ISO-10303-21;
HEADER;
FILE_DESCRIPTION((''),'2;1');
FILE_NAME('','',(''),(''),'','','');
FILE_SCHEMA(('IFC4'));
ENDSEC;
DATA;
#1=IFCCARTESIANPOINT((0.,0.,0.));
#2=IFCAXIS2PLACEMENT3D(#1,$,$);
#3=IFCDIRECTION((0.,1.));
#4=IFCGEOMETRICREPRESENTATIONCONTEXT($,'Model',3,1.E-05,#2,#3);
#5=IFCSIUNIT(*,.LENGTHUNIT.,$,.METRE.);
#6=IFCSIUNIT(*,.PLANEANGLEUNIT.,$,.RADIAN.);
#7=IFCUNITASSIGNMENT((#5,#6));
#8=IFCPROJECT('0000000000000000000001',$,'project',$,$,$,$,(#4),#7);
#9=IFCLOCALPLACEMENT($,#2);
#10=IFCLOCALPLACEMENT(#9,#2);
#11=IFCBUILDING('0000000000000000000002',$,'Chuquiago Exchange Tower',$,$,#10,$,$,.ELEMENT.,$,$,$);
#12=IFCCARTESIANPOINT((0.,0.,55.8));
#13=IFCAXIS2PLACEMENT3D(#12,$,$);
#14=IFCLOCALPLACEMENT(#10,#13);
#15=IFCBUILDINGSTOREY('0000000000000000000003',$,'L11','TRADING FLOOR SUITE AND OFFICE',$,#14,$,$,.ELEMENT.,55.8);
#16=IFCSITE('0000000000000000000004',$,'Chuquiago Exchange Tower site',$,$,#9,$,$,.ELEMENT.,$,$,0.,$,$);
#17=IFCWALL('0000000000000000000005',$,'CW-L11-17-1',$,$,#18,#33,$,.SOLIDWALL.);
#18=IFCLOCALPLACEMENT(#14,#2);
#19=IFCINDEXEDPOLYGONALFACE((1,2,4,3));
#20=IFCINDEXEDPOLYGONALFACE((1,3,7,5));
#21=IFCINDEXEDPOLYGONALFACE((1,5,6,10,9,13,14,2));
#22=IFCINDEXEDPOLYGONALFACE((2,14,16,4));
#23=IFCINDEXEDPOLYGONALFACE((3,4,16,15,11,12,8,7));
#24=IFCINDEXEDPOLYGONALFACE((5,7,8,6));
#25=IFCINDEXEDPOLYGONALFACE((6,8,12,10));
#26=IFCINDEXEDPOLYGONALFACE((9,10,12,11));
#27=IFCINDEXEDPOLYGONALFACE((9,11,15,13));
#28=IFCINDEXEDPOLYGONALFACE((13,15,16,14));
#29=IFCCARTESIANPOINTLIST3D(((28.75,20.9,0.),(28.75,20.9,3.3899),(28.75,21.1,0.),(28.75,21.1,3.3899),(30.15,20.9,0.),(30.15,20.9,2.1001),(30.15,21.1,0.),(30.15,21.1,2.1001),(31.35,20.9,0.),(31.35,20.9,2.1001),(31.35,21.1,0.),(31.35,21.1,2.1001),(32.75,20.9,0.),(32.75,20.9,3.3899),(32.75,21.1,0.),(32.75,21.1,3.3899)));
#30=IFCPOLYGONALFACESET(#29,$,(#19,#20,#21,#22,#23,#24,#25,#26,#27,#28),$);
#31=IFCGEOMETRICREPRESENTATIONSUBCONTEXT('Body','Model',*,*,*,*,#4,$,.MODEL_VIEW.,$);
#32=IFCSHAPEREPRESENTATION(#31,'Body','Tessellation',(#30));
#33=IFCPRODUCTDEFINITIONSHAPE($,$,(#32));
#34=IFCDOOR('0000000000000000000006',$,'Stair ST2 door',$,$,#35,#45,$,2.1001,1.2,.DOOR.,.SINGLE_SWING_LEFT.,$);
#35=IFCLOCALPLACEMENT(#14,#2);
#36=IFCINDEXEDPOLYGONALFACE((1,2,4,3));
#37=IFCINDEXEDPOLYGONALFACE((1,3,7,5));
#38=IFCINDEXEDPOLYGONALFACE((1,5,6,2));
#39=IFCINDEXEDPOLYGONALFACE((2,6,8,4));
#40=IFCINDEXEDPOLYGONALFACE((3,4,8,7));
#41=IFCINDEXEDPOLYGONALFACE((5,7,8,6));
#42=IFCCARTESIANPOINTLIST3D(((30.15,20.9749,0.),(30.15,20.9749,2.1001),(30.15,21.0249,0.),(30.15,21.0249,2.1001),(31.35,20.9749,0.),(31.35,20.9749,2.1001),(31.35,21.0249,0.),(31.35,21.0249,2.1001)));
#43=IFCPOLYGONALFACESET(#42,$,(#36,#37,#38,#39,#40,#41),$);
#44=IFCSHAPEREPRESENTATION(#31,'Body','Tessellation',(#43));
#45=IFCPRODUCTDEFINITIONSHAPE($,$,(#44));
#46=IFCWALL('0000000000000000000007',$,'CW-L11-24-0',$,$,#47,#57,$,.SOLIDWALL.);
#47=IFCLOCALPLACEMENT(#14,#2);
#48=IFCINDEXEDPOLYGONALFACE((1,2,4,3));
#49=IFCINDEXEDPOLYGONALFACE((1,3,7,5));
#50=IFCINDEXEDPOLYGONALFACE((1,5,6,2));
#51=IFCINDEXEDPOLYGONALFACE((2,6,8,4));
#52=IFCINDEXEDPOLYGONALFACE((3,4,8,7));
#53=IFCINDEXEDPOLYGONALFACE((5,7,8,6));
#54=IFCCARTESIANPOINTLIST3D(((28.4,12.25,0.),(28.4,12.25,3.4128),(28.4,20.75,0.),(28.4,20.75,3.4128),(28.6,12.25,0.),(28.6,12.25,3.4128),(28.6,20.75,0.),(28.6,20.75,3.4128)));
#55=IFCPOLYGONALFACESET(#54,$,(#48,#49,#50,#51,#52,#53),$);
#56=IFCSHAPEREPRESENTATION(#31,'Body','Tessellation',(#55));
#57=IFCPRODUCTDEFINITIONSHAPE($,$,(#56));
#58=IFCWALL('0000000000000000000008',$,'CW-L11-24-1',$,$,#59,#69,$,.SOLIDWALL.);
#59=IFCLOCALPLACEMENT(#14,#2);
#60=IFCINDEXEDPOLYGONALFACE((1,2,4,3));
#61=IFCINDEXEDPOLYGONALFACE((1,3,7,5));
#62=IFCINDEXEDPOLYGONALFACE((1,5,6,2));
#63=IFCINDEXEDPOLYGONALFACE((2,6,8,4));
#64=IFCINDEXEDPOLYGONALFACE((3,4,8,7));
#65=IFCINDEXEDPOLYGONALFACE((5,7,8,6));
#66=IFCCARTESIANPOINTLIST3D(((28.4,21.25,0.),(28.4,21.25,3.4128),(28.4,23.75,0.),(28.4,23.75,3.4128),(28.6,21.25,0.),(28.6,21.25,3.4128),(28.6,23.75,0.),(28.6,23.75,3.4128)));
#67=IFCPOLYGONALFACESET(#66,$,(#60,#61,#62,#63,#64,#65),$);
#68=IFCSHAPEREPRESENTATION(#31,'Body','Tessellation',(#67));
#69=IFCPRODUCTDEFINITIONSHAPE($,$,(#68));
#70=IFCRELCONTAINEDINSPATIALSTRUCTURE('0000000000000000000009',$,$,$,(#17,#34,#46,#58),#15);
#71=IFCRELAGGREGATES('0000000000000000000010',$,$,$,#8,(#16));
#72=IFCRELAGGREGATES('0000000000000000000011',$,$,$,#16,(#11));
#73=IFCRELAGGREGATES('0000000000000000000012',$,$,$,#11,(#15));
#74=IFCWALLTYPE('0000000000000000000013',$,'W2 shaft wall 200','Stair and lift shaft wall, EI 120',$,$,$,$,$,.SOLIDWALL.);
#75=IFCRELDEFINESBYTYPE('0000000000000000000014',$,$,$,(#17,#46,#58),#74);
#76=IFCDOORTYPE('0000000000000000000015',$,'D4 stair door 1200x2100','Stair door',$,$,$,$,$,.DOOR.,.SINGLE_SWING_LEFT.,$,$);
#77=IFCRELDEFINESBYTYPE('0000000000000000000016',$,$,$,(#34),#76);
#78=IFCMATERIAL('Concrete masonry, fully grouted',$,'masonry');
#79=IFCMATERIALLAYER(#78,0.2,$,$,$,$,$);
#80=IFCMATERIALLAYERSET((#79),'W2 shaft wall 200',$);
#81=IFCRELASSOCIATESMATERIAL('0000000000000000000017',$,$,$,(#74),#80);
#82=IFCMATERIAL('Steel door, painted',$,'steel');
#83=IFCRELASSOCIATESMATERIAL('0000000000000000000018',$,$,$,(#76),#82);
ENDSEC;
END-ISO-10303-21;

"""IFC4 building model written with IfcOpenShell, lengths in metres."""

from ifc_helpers import new_model, si_unit, direction, frame, frame_2d, origin, place, context, subcontext, project, spatial, rectangle, extrude, material, layer, layer_set, type_object, element, fill, save


model = new_model("IFC4")

# Units and contexts
model_context = context("Model", 3, precision=1e-05, world=origin(), true_north=direction((0.0, 1.0)))
body_context = subcontext(model_context, "Body", "Model", "MODEL_VIEW")
ifc_project = project(units=[si_unit("LENGTHUNIT", "METRE"), si_unit("PLANEANGLEUNIT", "RADIAN")], contexts=[model_context])

# Site, building, storey
site_placement = place(None, origin())
site = spatial("IfcSite", under=ifc_project, at=site_placement, Name="Chuquiago Exchange Tower site", CompositionType="ELEMENT", RefElevation=0.0)
building_placement = place(site_placement, origin())
building = spatial("IfcBuilding", under=site, at=building_placement, Name="Chuquiago Exchange Tower", CompositionType="ELEMENT")
storey_placement = place(building_placement, frame((0.0, 0.0, 55.8)))
storey = spatial("IfcBuildingStorey", under=building, at=storey_placement, Name="L11", Description="TRADING FLOOR SUITE AND OFFICE", CompositionType="ELEMENT", Elevation=55.8)

# Wall, opening, door
ifc_material_1 = material(Name="Concrete masonry, fully grouted", Category="masonry")
ifc_layer_1 = layer(ifc_material_1, 0.2)
ifc_layer_set_1 = layer_set([ifc_layer_1], Name="W2 shaft wall 200")
wall_type_1 = type_object("IfcWallType", Name="W2 shaft wall 200", Description="Stair and lift shaft wall, EI 120", PredefinedType="SOLIDWALL", material=ifc_layer_set_1)
wall_1_placement = place(storey_placement, frame((28.75, 21.0, 0.0), z_axis=(0.0, 0.0, 1.0), x_axis=(1.0, 0.0, 0.0)))
wall_1 = element("IfcWall", 1, at=wall_1_placement, inside=storey, type_object=wall_type_1, Name="CW-L11-17-1", PredefinedType="SOLIDWALL", context=body_context, shape_type="SweptSolid", body=[
    extrude(rectangle(XDim=4.0, YDim=0.2, at=frame_2d((2.0, 0.0))), origin(), (0.0, 0.0, 1.0), 3.3899),
])
opening_1_placement = place(wall_1_placement, frame((1.3999, 0.0, 0.0)))
opening_1 = element("IfcOpeningElement", 2, at=opening_1_placement, cuts=wall_1, PredefinedType="OPENING", context=body_context, shape_type="SweptSolid", body=[
    extrude(rectangle(XDim=1.2, YDim=2.1001, at=frame_2d((0.6001, 1.05))), frame((0.0, 0.1099, 0.0), z_axis=(0.0, -1.0, 0.0), x_axis=(1.0, 0.0, 0.0)), (0.0, 0.0, 1.0), 0.22),
])
ifc_material_2 = material(Name="Steel door, painted", Category="steel")
door_type_1 = type_object("IfcDoorType", Name="D4 stair door 1200x2100", Description="Stair door", OperationType="SINGLE_SWING_LEFT", PredefinedType="DOOR", material=ifc_material_2)
door_1_placement = place(opening_1_placement, origin())
door_1 = element("IfcDoor", 3, at=door_1_placement, inside=storey, type_object=door_type_1, Name="Stair ST2 door", OperationType="SINGLE_SWING_LEFT", OverallHeight=2.1001, OverallWidth=1.2, PredefinedType="DOOR", context=body_context, shape_type="SweptSolid", body=[
    extrude(rectangle(XDim=1.2, YDim=2.1001, at=frame_2d((0.6001, 1.05))), frame((0.0, 0.0249, 0.0), z_axis=(0.0, -1.0, 0.0), x_axis=(1.0, 0.0, 0.0)), (0.0, 0.0, 1.0), 0.05),
])
fill(opening_1, door_1)

# Walls
wall_2_placement = place(storey_placement, frame((28.5, 12.25, 0.0), z_axis=(0.0, 0.0, 1.0), x_axis=(0.0, 1.0, 0.0)))
element("IfcWall", 4, at=wall_2_placement, inside=storey, type_object=wall_type_1, Name="CW-L11-24-0", PredefinedType="SOLIDWALL", context=body_context, shape_type="SweptSolid", body=[
    extrude(rectangle(XDim=8.5, YDim=0.2, at=frame_2d((4.25, 0.0))), origin(), (0.0, 0.0, 1.0), 3.4128),
])
wall_3_placement = place(storey_placement, frame((28.5, 21.25, 0.0), z_axis=(0.0, 0.0, 1.0), x_axis=(0.0, 1.0, 0.0)))
element("IfcWall", 5, at=wall_3_placement, inside=storey, type_object=wall_type_1, Name="CW-L11-24-1", PredefinedType="SOLIDWALL", context=body_context, shape_type="SweptSolid", body=[
    extrude(rectangle(XDim=2.5, YDim=0.2, at=frame_2d((1.25, 0.0))), origin(), (0.0, 0.0, 1.0), 3.4128),
])

save(model, "model.ifc")
